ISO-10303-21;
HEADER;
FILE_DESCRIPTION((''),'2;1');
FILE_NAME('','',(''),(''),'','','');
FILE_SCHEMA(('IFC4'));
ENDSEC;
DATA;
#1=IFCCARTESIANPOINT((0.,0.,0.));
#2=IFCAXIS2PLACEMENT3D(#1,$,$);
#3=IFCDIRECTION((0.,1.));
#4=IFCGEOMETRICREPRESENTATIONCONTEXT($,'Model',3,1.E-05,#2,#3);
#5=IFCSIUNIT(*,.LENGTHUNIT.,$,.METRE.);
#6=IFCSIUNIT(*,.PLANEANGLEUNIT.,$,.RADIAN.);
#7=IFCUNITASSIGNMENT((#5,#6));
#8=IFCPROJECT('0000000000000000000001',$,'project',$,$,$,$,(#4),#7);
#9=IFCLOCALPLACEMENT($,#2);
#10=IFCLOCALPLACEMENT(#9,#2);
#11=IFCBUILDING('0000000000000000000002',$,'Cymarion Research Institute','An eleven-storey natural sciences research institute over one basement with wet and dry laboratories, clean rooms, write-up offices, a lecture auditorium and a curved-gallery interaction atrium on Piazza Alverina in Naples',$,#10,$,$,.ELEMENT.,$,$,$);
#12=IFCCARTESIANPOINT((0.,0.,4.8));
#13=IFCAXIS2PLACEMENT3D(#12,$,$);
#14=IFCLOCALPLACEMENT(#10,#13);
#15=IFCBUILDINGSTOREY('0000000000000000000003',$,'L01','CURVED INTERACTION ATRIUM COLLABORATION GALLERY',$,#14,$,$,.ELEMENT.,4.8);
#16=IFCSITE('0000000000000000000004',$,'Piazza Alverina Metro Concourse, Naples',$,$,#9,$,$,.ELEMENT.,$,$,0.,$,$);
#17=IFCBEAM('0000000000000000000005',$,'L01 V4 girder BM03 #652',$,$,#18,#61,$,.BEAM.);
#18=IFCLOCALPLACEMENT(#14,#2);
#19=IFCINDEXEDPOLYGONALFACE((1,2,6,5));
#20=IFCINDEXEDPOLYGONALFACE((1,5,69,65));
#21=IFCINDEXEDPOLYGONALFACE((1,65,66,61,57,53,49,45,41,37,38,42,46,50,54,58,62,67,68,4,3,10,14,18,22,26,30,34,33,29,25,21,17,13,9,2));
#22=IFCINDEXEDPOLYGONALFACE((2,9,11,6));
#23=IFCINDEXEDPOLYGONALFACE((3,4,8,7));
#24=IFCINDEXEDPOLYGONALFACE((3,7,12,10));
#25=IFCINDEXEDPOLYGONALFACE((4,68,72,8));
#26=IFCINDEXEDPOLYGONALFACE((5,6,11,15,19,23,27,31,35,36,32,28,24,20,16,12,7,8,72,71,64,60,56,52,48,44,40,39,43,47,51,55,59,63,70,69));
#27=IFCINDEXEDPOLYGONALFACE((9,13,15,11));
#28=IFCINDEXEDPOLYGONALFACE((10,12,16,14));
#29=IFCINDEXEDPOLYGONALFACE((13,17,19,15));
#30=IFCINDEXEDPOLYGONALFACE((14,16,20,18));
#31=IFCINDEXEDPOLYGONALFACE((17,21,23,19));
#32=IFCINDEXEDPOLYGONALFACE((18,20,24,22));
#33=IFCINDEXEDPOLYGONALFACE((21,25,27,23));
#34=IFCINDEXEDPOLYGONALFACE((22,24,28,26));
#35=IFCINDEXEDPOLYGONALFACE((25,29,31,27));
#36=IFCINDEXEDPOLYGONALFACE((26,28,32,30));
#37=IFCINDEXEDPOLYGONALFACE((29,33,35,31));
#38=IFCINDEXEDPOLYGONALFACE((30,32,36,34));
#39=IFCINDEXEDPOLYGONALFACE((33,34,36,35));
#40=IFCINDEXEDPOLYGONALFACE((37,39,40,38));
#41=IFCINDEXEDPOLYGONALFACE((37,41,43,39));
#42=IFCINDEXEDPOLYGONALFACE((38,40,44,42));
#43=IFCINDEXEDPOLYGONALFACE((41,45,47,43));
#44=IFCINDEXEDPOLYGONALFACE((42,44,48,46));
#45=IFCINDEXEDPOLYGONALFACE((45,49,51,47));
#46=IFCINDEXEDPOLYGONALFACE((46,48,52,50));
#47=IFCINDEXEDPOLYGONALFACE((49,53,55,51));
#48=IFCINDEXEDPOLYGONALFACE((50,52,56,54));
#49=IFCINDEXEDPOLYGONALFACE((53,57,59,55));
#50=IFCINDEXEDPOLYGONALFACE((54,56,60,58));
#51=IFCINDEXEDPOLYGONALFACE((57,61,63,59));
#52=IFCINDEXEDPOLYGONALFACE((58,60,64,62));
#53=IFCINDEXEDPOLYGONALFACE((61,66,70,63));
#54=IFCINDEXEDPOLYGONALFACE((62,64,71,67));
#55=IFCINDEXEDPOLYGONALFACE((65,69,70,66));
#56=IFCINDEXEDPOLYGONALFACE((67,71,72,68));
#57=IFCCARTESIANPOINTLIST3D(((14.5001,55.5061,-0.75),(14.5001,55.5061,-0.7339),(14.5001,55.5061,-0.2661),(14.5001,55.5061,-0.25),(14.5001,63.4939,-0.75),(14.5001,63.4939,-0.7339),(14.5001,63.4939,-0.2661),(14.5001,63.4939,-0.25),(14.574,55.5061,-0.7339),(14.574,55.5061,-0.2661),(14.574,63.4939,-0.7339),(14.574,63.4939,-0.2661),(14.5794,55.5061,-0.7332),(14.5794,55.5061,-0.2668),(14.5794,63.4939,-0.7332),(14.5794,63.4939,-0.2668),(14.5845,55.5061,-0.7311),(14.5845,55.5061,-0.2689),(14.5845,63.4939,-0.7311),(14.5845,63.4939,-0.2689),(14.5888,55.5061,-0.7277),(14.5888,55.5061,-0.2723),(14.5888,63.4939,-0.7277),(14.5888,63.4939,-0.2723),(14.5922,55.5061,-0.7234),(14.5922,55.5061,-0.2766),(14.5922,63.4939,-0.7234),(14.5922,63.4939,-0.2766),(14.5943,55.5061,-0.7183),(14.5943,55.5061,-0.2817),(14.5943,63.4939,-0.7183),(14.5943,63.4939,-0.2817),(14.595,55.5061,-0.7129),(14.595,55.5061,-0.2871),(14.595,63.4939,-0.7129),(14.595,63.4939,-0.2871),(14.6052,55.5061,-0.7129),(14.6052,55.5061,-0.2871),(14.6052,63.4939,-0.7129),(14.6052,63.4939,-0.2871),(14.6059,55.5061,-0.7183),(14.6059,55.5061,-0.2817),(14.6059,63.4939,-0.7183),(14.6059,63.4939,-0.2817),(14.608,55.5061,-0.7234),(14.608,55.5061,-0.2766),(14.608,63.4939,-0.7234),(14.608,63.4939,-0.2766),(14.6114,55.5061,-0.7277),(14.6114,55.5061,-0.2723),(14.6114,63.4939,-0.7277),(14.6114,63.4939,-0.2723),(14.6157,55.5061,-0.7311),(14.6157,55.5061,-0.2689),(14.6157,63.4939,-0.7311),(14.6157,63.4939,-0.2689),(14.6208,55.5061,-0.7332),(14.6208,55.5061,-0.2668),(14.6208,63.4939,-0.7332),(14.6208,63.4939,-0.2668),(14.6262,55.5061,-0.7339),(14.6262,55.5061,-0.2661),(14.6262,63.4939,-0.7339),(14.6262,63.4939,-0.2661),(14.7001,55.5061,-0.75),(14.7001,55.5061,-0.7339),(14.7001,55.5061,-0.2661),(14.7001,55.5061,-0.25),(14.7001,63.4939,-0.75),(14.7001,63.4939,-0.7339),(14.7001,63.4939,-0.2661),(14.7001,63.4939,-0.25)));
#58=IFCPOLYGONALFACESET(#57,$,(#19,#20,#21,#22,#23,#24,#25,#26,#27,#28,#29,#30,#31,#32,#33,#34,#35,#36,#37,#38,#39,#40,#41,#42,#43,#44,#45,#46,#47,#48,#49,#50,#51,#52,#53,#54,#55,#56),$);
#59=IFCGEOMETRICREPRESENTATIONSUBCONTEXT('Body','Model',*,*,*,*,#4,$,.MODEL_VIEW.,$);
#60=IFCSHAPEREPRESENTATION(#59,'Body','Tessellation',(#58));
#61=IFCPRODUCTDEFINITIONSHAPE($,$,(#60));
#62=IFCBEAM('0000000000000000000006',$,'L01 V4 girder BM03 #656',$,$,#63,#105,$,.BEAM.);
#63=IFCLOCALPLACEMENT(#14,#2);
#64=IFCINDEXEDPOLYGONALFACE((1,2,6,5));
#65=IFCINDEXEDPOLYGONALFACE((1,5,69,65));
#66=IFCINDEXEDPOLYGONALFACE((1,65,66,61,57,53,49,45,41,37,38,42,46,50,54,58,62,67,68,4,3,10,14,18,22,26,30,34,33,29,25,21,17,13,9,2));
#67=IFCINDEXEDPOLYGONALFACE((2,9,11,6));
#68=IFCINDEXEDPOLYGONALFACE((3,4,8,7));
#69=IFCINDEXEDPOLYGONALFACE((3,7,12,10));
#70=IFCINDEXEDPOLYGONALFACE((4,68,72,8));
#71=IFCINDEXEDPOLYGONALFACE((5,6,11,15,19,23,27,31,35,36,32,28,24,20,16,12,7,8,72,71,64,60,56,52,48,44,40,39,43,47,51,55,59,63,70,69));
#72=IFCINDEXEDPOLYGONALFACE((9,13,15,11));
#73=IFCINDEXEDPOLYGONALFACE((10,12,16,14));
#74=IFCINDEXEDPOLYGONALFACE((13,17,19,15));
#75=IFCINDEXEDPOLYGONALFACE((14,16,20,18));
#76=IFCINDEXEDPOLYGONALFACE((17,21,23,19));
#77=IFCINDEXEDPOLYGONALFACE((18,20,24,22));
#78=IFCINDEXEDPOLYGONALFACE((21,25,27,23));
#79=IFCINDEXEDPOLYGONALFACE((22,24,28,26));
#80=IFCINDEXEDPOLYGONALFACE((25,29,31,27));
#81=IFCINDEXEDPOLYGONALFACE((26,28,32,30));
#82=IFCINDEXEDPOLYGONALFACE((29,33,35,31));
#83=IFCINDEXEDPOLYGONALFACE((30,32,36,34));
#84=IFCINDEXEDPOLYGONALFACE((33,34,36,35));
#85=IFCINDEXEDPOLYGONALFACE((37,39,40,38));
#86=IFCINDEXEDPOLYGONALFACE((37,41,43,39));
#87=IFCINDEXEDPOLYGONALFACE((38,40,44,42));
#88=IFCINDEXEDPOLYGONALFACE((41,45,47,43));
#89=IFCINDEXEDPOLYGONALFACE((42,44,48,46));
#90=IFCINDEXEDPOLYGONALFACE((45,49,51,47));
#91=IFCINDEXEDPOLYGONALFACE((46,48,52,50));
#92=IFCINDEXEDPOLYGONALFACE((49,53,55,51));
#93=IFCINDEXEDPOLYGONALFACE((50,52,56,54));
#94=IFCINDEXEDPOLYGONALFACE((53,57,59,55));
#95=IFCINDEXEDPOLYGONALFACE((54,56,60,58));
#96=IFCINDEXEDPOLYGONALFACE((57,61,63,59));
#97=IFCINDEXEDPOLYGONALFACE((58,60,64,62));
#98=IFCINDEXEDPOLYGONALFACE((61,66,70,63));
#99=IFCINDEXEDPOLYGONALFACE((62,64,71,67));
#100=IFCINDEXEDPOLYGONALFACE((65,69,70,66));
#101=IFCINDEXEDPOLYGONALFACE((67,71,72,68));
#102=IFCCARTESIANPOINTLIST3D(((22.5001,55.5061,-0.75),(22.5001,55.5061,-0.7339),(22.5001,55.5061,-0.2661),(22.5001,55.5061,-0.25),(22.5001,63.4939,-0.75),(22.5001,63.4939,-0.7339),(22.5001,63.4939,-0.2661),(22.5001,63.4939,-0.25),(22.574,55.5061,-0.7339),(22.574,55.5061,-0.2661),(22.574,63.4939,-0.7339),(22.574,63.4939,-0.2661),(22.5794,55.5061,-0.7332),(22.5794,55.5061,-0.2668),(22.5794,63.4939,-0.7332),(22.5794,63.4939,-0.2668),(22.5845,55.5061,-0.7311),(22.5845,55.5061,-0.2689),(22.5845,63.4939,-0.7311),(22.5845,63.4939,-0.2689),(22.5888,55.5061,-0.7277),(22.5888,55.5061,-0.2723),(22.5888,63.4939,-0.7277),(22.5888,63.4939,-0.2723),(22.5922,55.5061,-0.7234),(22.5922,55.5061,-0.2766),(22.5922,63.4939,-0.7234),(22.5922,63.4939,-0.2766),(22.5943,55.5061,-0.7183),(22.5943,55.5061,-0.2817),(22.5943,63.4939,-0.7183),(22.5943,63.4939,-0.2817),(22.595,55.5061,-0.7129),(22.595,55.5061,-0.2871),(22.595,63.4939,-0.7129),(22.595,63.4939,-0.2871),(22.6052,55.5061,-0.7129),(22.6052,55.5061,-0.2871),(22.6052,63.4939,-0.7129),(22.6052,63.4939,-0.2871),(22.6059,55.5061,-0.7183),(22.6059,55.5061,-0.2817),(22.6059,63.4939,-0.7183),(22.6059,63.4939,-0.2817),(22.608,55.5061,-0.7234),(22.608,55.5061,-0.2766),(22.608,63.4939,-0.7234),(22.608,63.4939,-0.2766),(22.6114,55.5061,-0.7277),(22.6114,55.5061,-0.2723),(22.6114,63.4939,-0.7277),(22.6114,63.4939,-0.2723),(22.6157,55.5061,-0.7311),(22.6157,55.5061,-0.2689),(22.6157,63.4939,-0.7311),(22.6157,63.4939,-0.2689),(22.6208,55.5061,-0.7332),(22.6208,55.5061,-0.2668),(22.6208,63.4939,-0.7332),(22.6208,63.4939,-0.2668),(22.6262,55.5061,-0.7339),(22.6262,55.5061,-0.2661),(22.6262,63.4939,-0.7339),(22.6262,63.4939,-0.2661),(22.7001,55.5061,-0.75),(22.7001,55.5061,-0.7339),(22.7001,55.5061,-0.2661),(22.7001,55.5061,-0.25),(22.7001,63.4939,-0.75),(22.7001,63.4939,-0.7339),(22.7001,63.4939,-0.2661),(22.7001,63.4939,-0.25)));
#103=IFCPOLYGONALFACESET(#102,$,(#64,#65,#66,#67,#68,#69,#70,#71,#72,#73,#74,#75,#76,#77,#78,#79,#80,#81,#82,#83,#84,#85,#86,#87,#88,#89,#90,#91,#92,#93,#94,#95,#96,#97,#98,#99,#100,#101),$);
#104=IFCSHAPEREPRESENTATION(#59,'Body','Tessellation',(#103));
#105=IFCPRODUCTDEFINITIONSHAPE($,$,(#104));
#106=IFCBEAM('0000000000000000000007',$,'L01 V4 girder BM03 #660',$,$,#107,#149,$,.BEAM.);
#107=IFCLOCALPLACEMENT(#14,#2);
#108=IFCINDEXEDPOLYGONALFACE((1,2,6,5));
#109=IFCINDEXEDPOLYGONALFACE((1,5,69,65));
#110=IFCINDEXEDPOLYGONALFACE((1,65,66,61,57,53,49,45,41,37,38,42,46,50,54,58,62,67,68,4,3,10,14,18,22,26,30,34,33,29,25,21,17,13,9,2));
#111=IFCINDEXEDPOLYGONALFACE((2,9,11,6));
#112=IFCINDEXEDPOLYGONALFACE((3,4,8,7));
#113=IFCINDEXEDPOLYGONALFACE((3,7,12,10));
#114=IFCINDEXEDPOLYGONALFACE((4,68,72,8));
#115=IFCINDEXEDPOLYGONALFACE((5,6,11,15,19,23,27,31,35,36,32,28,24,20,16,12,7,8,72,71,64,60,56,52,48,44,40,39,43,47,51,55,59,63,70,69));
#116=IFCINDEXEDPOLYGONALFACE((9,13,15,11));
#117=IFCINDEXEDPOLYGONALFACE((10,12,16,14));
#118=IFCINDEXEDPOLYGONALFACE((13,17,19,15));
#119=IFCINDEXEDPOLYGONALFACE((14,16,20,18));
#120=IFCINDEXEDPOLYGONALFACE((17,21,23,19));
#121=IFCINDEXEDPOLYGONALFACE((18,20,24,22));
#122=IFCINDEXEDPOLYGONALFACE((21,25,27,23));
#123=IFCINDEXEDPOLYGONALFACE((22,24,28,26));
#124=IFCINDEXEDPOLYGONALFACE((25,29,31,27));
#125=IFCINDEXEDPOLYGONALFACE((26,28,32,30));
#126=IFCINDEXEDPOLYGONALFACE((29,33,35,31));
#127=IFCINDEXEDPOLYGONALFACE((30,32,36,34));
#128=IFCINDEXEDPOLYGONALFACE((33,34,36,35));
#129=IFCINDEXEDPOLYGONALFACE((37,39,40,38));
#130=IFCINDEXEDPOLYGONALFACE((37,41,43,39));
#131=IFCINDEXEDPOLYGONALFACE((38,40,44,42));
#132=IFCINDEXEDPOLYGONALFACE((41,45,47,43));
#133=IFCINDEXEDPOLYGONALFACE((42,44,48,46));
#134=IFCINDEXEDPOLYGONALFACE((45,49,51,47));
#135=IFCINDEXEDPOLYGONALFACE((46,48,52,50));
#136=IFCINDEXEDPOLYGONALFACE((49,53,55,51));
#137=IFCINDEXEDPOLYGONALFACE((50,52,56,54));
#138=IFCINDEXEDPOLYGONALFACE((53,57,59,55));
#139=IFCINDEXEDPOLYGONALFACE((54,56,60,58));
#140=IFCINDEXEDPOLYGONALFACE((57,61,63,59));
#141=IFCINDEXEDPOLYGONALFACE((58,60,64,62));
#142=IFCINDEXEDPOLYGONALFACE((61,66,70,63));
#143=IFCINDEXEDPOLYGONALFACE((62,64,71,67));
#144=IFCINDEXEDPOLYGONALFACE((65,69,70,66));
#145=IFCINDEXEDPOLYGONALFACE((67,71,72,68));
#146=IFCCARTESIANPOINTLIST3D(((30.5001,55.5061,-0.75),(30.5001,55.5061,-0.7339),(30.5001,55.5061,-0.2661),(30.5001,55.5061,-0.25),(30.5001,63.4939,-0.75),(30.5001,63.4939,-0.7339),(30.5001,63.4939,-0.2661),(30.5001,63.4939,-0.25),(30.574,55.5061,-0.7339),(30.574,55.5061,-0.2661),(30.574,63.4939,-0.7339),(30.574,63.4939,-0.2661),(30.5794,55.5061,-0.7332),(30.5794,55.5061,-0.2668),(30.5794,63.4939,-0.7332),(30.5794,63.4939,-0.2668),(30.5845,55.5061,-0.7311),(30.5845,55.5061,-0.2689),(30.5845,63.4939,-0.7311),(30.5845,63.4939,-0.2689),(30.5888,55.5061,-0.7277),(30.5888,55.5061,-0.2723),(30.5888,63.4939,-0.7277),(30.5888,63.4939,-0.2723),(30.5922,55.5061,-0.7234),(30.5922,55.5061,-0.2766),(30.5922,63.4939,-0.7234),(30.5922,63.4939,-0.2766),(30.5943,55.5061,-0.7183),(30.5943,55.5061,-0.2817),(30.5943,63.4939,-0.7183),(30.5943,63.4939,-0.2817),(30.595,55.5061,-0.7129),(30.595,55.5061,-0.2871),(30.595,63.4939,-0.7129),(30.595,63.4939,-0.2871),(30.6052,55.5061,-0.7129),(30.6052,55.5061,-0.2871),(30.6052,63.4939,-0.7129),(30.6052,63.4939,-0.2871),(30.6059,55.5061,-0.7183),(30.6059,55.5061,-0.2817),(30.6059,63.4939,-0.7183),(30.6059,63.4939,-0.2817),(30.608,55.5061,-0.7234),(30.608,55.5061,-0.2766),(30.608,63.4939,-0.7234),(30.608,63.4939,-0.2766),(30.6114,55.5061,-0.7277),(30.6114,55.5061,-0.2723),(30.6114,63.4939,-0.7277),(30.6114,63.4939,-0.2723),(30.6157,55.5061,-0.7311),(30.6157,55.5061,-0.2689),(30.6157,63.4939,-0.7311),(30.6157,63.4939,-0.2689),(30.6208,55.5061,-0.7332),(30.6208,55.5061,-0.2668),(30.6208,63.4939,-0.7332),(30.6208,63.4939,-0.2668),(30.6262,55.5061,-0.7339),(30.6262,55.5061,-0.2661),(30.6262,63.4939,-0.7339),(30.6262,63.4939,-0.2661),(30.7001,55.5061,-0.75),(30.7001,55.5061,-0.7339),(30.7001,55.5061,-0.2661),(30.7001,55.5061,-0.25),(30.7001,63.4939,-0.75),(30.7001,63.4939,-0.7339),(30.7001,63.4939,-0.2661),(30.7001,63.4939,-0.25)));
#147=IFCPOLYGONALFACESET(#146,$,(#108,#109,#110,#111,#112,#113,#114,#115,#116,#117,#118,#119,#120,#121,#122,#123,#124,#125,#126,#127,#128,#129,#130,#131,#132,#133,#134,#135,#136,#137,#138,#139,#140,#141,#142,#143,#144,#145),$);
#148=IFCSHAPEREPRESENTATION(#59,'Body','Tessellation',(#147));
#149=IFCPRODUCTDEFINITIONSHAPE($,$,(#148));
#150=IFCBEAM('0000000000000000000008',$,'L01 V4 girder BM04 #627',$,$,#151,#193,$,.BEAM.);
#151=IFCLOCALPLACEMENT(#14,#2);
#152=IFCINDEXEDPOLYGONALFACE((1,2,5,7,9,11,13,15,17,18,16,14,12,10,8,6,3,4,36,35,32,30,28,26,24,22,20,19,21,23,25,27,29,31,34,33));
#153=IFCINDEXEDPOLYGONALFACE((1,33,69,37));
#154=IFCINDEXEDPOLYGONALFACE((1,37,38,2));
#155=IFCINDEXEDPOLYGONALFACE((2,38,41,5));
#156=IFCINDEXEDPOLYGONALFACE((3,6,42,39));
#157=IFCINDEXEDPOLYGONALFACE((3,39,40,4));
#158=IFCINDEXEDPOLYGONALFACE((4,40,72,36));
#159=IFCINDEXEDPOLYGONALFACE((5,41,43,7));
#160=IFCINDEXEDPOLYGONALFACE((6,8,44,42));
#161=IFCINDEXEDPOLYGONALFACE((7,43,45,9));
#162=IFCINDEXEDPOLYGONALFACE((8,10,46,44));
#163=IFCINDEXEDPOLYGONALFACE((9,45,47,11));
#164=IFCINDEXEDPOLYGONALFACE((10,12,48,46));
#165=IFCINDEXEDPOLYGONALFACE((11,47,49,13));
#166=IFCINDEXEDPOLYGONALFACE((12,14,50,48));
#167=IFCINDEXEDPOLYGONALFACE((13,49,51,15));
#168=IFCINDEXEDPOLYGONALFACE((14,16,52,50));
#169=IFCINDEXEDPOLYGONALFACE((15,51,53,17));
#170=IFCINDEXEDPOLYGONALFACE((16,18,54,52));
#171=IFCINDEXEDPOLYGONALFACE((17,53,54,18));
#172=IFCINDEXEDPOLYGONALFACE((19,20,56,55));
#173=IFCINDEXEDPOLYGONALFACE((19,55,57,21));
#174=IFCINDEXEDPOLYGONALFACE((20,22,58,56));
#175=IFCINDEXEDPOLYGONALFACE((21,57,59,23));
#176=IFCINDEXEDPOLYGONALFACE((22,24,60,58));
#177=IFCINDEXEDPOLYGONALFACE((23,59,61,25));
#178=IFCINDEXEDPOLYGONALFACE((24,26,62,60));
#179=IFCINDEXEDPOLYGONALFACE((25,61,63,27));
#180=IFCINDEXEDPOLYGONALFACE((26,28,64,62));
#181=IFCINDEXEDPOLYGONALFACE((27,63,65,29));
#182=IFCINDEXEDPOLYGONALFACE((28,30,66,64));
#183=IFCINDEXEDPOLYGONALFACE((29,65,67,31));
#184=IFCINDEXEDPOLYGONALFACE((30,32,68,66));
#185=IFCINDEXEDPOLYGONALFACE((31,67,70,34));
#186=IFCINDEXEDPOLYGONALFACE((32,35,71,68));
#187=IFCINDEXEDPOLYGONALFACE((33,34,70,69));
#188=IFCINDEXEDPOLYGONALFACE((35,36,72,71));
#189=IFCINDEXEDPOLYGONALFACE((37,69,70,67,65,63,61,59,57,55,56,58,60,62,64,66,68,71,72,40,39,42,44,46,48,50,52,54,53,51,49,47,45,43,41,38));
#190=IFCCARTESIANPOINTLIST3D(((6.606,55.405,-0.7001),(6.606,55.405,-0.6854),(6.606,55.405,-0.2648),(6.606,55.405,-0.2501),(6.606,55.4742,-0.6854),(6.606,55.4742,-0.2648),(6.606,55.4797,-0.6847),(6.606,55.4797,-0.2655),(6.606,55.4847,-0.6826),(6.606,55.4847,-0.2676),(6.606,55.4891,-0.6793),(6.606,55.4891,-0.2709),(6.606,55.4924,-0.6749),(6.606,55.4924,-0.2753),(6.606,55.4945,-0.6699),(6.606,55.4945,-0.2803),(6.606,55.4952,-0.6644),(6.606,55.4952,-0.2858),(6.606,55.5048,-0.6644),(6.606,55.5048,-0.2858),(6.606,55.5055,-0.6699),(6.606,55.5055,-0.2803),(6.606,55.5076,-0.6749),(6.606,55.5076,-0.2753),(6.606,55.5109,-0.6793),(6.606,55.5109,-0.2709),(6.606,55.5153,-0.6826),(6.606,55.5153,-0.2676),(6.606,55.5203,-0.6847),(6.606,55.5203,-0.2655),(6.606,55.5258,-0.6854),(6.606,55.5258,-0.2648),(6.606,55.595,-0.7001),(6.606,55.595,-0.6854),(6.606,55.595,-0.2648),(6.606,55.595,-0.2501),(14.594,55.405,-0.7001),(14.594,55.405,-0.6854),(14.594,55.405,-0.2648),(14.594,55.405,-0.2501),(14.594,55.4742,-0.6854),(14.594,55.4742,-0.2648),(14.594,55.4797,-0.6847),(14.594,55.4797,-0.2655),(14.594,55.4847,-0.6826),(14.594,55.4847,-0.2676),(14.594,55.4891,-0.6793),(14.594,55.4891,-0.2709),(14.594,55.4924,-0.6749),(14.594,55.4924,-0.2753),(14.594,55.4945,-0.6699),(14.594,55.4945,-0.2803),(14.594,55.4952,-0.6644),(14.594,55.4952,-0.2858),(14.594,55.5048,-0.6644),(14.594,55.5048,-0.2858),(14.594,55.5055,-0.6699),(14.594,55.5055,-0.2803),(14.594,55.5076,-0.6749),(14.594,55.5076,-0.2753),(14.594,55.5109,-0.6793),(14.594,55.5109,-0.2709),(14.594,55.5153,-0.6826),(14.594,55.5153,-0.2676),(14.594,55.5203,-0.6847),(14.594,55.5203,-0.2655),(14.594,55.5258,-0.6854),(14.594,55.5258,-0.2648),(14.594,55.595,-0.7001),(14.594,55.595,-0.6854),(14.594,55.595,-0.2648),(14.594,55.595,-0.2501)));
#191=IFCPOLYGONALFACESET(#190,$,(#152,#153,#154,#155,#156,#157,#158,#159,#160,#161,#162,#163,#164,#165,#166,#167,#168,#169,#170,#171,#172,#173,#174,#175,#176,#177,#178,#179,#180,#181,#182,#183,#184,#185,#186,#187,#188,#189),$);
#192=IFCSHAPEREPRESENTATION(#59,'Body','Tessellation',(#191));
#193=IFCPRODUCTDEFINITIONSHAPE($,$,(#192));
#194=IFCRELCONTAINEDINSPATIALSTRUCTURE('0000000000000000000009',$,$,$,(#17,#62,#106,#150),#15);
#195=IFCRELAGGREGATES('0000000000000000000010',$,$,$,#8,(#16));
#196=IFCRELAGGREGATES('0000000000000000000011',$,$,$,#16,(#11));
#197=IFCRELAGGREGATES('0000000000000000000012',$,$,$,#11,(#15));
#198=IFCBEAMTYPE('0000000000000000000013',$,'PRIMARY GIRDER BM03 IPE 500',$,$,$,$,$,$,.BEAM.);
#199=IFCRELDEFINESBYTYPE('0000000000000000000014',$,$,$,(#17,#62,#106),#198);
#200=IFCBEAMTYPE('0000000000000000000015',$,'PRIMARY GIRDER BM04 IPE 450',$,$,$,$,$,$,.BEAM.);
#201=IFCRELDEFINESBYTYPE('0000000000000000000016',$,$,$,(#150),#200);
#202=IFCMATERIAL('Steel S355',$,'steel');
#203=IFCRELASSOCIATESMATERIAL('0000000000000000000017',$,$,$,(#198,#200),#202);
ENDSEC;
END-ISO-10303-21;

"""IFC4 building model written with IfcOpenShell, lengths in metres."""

from ifc_helpers import new_model, si_unit, direction, frame, origin, origin_2d, place, context, subcontext, project, spatial, i_section, extrude, material, material_profile, profile_set, type_object, element, save


model = new_model("IFC4")

# Units and contexts
model_context = context("Model", 3, precision=1e-05, world=origin(), true_north=direction((0.0, 1.0)))
body_context = subcontext(model_context, "Body", "Model", "MODEL_VIEW")
ifc_project = project(units=[si_unit("LENGTHUNIT", "METRE"), si_unit("PLANEANGLEUNIT", "RADIAN")], contexts=[model_context])

# Site, building, storey
site_placement = place(None, origin())
site = spatial("IfcSite", under=ifc_project, at=site_placement, Name="Piazza Alverina Metro Concourse, Naples", CompositionType="ELEMENT", RefElevation=0.0)
building_placement = place(site_placement, origin())
building = spatial("IfcBuilding", under=site, at=building_placement, Name="Cymarion Research Institute", Description="An eleven-storey natural sciences research institute over one basement with wet and dry laboratories, clean rooms, write-up offices, a lecture auditorium and a curved-gallery interaction atrium on Piazza Alverina in Naples", CompositionType="ELEMENT")
storey_placement = place(building_placement, frame((0.0, 0.0, 4.8)))
storey = spatial("IfcBuildingStorey", under=building, at=storey_placement, Name="L01", Description="CURVED INTERACTION ATRIUM COLLABORATION GALLERY", CompositionType="ELEMENT", Elevation=4.8)

# Shared definitions
ifc_material_1 = material(Name="Steel S355", Category="steel")

# Beams
ifc_material_profile_1 = material_profile(ifc_material_1, i_section(OverallWidth=0.2, OverallDepth=0.5, WebThickness=0.0103, FlangeThickness=0.0161, FilletRadius=0.021, at=origin_2d()), Name="IPE 500")
ifc_profile_set_1 = profile_set([ifc_material_profile_1], Name="Steel S355")
beam_type_1 = type_object("IfcBeamType", Name="PRIMARY GIRDER BM03 IPE 500", PredefinedType="BEAM", material=ifc_profile_set_1)
for number, where, z_axis, x_axis, name in (
    (1, (14.6001, 55.5061, -0.5), (0.0, 1.0, 0.0), (-1.0, 0.0, 0.0), "L01 V4 girder BM03 #652"),
    (2, (22.6001, 55.5061, -0.5), (0.0, 1.0, 0.0), (-1.0, 0.0, 0.0), "L01 V4 girder BM03 #656"),
    (3, (30.6001, 55.5061, -0.5), (0.0, 1.0, 0.0), (-1.0, 0.0, 0.0), "L01 V4 girder BM03 #660"),
):
    element("IfcBeam", number, at=place(storey_placement, frame(where, z_axis=z_axis, x_axis=x_axis)), inside=storey, type_object=beam_type_1, Name=name, PredefinedType="BEAM", context=body_context, shape_type="SweptSolid", body=[
        extrude(i_section(OverallWidth=0.2, OverallDepth=0.5, WebThickness=0.0103, FlangeThickness=0.0161, FilletRadius=0.021, at=origin_2d()), origin(), (0.0, 0.0, 1.0), 7.9878),
    ])
ifc_material_profile_2 = material_profile(ifc_material_1, i_section(OverallWidth=0.1899, OverallDepth=0.45, WebThickness=0.0095, FlangeThickness=0.0146, FilletRadius=0.021, at=origin_2d()), Name="IPE 450")
ifc_profile_set_2 = profile_set([ifc_material_profile_2], Name="Steel S355")
beam_type_2 = type_object("IfcBeamType", Name="PRIMARY GIRDER BM04 IPE 450", PredefinedType="BEAM", material=ifc_profile_set_2)
for number, where, z_axis, x_axis, name in (
    (4, (6.606, 55.5, -0.4751), (1.0, 0.0, 0.0), (0.0, 1.0, 0.0), "L01 V4 girder BM04 #627"),
):
    element("IfcBeam", number, at=place(storey_placement, frame(where, z_axis=z_axis, x_axis=x_axis)), inside=storey, type_object=beam_type_2, Name=name, PredefinedType="BEAM", context=body_context, shape_type="SweptSolid", body=[
        extrude(i_section(OverallWidth=0.1899, OverallDepth=0.45, WebThickness=0.0095, FlangeThickness=0.0146, FilletRadius=0.021, at=origin_2d()), origin(), (0.0, 0.0, 1.0), 7.988),
    ])

save(model, "model.ifc")
